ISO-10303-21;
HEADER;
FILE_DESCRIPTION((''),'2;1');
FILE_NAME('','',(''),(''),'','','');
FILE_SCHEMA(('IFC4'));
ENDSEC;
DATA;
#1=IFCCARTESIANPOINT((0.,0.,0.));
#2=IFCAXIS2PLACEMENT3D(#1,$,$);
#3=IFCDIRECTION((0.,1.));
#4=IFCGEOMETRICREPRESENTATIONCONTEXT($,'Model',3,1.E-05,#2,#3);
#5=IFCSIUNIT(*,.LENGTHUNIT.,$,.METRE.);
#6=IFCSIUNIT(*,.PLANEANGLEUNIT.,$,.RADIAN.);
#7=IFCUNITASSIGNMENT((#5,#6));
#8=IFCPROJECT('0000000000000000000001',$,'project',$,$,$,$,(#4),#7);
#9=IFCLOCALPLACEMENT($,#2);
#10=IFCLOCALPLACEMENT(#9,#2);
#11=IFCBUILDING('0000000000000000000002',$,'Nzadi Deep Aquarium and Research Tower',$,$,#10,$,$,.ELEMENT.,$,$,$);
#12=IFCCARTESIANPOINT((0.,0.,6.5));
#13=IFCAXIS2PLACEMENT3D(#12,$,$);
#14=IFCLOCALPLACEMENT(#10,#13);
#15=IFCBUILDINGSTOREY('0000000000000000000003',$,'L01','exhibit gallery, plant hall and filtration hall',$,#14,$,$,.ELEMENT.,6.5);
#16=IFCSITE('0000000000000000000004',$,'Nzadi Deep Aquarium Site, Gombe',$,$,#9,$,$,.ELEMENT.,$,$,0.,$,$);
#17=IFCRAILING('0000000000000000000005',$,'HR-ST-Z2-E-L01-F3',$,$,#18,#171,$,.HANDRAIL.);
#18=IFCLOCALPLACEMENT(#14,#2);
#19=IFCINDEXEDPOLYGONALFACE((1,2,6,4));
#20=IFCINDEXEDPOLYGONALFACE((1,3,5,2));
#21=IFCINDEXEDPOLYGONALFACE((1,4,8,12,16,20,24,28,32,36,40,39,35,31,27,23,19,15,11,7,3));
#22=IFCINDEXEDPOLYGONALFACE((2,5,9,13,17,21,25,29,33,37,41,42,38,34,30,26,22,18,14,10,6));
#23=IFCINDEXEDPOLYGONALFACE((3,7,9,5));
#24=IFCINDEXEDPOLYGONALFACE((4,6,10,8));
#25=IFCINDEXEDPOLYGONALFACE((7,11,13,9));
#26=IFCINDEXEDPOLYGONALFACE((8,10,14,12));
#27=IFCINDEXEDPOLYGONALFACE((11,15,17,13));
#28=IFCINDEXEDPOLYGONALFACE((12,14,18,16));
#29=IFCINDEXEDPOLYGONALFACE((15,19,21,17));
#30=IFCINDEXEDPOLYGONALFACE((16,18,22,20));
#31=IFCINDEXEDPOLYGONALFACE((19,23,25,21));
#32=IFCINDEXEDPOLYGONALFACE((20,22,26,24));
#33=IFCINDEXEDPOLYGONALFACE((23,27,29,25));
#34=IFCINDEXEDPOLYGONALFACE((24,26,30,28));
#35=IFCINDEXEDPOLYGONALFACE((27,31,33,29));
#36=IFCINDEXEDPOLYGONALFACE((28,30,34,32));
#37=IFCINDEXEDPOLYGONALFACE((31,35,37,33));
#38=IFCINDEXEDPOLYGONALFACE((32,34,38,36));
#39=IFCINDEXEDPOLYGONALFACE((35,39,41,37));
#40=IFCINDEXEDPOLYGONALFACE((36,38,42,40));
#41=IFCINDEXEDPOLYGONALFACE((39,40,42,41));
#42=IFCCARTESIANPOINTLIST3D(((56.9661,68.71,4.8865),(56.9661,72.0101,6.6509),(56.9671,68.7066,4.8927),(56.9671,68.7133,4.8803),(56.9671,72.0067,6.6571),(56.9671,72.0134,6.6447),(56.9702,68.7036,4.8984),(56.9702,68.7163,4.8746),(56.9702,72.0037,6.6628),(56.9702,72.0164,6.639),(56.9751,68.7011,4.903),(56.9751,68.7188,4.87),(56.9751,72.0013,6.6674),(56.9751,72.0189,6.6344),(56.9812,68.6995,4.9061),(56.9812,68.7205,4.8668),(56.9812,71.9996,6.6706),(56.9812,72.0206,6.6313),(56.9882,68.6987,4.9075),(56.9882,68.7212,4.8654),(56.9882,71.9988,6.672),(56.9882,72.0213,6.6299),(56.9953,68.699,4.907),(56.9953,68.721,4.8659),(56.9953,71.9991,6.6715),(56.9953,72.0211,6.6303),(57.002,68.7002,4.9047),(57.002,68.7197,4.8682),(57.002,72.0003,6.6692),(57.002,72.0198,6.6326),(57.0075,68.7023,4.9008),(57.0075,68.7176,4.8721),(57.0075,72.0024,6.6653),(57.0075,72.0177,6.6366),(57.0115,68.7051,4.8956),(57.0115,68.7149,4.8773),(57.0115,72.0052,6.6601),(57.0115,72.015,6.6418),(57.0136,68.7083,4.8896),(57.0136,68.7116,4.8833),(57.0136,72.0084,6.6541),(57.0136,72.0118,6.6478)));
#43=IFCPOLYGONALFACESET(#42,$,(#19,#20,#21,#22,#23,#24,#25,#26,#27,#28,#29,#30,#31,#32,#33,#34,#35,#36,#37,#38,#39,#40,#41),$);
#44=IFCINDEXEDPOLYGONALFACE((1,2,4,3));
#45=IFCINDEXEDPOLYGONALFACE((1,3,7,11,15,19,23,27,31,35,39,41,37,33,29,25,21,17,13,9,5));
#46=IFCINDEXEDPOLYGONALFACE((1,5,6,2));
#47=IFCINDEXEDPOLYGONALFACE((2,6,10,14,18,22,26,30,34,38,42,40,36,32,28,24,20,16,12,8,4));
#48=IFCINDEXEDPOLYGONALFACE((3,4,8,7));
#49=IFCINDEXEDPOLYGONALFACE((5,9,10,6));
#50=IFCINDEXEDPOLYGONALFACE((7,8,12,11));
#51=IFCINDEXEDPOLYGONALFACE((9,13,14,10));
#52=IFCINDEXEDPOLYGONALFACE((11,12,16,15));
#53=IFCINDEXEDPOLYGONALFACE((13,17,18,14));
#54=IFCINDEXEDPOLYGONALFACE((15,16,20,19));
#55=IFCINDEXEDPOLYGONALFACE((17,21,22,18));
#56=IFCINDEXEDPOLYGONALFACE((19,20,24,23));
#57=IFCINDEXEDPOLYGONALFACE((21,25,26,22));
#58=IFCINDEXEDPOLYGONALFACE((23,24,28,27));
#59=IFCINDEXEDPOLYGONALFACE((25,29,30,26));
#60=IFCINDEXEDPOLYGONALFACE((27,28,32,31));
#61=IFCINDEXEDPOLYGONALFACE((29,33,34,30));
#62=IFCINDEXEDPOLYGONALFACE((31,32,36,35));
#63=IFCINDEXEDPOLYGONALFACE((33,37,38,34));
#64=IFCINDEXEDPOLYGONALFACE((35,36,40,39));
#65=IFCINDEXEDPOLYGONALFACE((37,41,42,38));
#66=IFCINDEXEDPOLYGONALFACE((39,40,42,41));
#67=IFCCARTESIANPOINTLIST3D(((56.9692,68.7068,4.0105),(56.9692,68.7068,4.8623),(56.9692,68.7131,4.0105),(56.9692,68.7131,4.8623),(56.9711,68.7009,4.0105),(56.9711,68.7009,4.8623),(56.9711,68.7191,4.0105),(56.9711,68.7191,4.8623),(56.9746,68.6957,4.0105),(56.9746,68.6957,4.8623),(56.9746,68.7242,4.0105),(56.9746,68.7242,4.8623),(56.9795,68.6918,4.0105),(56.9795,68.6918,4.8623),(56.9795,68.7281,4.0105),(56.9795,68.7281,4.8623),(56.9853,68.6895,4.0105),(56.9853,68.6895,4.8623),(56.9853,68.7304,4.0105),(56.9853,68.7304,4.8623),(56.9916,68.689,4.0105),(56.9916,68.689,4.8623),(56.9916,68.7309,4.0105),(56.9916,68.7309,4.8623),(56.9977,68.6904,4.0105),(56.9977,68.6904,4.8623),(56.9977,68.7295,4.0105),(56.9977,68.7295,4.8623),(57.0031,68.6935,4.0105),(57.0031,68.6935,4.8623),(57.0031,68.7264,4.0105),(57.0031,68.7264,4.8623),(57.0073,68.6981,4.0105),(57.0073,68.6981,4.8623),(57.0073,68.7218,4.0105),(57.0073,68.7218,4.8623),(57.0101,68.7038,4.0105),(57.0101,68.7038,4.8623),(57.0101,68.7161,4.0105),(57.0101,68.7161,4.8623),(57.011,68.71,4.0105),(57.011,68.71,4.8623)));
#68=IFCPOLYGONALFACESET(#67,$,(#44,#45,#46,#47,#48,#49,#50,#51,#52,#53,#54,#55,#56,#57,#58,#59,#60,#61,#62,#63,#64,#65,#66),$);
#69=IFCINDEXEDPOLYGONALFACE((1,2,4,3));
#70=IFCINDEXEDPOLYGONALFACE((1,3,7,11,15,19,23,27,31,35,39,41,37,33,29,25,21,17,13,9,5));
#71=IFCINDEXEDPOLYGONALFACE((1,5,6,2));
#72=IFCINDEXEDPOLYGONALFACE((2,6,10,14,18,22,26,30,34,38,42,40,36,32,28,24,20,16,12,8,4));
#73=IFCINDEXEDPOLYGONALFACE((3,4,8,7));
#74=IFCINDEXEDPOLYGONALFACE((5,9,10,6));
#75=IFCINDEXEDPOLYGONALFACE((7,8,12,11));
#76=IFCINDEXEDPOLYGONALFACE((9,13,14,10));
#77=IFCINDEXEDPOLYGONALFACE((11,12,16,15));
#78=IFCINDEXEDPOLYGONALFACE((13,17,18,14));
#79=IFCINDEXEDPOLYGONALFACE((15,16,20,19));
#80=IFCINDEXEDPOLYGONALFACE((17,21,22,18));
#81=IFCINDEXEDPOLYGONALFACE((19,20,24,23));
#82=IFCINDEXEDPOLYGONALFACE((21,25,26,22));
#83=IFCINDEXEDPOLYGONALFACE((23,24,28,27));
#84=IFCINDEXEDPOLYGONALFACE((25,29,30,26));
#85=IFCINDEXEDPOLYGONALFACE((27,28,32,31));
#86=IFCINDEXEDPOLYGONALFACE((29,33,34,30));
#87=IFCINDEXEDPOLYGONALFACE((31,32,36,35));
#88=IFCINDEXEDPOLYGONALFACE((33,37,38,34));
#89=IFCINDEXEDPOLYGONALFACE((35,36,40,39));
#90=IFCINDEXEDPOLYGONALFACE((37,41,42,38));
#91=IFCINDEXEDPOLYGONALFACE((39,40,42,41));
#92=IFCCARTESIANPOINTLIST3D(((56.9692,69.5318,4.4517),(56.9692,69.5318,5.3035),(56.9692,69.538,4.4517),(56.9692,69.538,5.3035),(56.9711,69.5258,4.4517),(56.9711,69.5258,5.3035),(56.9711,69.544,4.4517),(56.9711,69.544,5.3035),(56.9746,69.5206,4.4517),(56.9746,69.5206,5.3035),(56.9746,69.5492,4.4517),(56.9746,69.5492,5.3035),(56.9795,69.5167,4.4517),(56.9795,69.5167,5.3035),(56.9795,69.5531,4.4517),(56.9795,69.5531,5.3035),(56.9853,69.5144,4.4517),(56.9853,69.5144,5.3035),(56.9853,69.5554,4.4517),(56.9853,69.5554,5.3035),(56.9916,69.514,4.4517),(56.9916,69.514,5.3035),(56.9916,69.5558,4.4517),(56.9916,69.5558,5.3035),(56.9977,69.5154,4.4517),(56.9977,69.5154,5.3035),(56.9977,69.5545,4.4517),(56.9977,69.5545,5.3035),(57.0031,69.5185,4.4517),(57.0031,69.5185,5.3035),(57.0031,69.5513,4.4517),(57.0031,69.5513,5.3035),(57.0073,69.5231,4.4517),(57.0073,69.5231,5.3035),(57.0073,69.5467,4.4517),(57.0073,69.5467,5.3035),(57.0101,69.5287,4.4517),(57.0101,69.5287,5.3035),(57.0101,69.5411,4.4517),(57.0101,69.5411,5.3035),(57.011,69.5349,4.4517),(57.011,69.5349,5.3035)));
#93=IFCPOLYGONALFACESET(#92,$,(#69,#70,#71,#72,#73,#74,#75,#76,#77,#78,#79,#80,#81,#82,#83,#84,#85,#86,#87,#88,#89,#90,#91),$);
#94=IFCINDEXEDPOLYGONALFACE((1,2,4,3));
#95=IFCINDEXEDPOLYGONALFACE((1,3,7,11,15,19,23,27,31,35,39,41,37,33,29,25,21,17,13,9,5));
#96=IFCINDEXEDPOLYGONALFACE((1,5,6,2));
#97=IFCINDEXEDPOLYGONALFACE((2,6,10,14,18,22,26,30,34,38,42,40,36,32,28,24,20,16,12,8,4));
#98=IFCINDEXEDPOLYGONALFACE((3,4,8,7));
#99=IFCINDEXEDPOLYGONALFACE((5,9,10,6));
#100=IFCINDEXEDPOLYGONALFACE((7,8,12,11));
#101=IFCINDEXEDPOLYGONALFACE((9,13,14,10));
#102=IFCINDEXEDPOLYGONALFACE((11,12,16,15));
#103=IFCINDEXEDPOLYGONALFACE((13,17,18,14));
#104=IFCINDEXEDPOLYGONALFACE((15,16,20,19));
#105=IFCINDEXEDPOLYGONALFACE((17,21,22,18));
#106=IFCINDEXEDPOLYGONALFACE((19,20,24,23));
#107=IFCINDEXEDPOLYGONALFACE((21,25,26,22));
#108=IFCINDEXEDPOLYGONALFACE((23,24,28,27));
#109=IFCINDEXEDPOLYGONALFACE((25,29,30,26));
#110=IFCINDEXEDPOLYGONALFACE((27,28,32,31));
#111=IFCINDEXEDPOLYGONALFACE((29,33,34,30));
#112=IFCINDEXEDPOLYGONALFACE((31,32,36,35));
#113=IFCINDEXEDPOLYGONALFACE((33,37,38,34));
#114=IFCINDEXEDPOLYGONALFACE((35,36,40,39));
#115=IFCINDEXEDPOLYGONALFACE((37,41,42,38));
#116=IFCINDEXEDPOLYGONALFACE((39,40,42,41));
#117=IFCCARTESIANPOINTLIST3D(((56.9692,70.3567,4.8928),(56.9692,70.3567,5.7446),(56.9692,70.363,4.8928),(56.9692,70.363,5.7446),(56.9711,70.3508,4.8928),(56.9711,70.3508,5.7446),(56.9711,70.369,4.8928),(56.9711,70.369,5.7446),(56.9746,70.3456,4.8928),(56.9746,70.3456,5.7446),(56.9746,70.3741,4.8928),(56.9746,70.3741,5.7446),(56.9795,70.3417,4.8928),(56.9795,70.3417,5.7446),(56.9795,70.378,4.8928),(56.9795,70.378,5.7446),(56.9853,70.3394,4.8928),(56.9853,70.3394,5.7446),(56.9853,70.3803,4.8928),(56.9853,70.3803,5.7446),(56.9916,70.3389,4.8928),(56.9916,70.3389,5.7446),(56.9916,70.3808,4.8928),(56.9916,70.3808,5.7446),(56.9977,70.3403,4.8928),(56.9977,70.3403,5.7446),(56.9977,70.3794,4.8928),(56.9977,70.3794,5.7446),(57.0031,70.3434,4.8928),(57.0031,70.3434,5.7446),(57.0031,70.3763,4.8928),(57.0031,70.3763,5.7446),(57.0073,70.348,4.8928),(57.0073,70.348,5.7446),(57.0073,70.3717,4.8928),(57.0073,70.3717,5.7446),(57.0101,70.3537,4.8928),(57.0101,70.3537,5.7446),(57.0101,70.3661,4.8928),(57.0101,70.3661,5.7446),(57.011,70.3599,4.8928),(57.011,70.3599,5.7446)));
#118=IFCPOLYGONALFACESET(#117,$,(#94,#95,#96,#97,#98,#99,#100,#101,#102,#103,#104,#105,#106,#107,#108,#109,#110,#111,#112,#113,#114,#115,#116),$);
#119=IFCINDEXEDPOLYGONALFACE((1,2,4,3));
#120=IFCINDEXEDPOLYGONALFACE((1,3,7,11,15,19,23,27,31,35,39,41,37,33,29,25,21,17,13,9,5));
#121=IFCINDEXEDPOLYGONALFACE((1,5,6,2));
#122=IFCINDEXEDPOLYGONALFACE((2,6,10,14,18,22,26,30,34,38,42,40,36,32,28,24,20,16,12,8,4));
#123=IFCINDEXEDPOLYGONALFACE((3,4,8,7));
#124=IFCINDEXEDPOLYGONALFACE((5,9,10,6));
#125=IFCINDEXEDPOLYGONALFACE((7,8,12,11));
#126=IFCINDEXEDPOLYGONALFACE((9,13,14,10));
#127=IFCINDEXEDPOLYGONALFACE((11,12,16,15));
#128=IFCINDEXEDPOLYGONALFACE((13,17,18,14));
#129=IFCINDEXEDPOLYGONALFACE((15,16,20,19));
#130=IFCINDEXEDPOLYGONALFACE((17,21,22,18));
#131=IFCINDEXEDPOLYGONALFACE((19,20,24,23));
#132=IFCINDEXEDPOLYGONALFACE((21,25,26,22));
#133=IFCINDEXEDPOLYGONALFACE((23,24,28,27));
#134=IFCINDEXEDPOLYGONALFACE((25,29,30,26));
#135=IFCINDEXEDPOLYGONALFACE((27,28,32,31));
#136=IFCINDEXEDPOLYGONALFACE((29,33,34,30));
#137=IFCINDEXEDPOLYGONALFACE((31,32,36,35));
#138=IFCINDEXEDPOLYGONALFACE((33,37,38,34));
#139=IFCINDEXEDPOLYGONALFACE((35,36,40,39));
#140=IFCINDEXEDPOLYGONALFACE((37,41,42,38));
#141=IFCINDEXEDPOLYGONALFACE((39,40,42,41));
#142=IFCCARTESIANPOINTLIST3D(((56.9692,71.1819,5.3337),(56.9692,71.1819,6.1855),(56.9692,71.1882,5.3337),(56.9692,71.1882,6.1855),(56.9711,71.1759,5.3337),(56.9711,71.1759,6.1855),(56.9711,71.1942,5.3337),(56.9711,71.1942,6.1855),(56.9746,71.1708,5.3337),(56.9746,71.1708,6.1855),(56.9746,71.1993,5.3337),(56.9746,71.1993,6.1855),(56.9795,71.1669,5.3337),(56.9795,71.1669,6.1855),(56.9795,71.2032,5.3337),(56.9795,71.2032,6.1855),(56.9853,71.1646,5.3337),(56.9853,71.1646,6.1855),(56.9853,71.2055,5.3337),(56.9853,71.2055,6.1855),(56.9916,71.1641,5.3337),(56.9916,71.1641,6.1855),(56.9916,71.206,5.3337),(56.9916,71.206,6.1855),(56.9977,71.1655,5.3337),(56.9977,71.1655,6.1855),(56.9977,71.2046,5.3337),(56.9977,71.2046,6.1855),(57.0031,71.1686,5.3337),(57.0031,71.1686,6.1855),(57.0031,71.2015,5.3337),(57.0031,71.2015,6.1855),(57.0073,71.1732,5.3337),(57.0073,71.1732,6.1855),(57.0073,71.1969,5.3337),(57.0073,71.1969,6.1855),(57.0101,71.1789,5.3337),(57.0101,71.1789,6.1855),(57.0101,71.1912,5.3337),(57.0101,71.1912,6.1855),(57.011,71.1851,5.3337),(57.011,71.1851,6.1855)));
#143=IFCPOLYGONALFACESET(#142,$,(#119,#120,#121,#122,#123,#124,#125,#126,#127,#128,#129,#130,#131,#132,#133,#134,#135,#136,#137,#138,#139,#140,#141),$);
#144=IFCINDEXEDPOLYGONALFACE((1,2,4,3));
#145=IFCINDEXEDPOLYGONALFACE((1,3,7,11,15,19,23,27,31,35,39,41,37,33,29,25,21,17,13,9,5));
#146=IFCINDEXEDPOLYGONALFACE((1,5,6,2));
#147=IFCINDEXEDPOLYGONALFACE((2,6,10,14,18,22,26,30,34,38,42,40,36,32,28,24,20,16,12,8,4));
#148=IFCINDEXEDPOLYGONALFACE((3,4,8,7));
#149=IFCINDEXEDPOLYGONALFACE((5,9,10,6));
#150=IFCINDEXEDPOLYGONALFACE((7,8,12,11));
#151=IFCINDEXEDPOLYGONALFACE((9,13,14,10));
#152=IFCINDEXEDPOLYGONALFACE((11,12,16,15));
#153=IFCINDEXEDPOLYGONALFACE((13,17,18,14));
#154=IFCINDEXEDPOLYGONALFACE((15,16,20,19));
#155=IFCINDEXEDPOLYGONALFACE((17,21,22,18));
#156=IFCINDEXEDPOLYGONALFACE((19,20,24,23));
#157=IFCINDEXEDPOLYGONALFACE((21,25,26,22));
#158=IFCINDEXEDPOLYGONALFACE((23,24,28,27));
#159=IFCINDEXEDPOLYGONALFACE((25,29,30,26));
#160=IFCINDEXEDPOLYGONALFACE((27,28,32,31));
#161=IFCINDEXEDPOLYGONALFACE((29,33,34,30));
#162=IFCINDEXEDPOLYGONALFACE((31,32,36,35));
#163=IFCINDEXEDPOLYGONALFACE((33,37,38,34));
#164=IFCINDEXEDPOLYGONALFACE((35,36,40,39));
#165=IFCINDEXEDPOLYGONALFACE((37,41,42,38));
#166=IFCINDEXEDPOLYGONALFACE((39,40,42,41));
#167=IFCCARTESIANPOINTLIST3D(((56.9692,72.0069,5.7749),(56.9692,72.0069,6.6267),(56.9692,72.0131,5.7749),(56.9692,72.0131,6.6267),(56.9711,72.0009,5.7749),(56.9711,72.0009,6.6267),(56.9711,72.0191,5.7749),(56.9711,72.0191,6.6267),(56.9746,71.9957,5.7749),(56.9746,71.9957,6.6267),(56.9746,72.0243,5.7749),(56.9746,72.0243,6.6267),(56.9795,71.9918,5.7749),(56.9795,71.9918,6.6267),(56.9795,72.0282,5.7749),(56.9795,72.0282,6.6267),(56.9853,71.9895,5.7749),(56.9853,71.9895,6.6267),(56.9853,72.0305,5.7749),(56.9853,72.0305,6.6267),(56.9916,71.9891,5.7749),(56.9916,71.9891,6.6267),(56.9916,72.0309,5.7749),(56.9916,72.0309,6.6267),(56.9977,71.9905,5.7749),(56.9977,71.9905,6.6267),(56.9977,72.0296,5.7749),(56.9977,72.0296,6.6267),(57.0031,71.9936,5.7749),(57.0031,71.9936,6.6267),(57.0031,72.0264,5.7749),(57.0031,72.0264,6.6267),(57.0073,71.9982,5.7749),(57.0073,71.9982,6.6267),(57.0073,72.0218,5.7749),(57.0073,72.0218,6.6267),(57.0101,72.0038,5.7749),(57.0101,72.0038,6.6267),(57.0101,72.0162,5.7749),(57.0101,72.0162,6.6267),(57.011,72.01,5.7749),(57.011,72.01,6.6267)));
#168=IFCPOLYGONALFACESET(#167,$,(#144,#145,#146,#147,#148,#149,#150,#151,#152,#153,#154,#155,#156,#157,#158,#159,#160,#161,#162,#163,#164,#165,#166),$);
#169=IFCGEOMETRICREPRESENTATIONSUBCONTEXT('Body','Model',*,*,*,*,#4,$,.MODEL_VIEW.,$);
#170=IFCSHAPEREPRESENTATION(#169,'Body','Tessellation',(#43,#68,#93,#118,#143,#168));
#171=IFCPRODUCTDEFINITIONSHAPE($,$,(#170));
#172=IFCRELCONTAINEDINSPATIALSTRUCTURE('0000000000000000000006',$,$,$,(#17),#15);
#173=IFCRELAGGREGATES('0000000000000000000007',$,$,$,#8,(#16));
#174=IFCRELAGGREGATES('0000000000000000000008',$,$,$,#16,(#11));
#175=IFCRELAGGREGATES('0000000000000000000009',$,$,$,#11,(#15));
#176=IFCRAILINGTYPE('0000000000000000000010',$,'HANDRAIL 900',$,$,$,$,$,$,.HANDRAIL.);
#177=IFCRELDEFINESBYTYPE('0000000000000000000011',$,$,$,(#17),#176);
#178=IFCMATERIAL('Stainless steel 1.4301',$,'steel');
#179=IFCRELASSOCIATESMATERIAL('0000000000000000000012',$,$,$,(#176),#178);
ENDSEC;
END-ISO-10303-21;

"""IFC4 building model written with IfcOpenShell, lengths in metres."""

from ifc_helpers import new_model, si_unit, direction, frame, origin, origin_2d, place, context, subcontext, project, spatial, circle, extrude, material, type_object, element, save


model = new_model("IFC4")

# Units and contexts
model_context = context("Model", 3, precision=1e-05, world=origin(), true_north=direction((0.0, 1.0)))
body_context = subcontext(model_context, "Body", "Model", "MODEL_VIEW")
ifc_project = project(units=[si_unit("LENGTHUNIT", "METRE"), si_unit("PLANEANGLEUNIT", "RADIAN")], contexts=[model_context])

# Site, building, storey
site_placement = place(None, origin())
site = spatial("IfcSite", under=ifc_project, at=site_placement, Name="Nzadi Deep Aquarium Site, Gombe", CompositionType="ELEMENT", RefElevation=0.0)
building_placement = place(site_placement, origin())
building = spatial("IfcBuilding", under=site, at=building_placement, Name="Nzadi Deep Aquarium and Research Tower", CompositionType="ELEMENT")
storey_placement = place(building_placement, frame((0.0, 0.0, 6.5)))
storey = spatial("IfcBuildingStorey", under=building, at=storey_placement, Name="L01", Description="exhibit gallery, plant hall and filtration hall", CompositionType="ELEMENT", Elevation=6.5)

# Railing
ifc_material_1 = material(Name="Stainless steel 1.4301", Category="steel")
railing_type = type_object("IfcRailingType", Name="HANDRAIL 900", PredefinedType="HANDRAIL", material=ifc_material_1)
for number, where, name in (
    (1, (56.99, 68.71, 4.0105), "HR-ST-Z2-E-L01-F3"),
):
    element("IfcRailing", number, at=place(storey_placement, frame(where)), inside=storey, type_object=railing_type, Name=name, PredefinedType="HANDRAIL", context=body_context, shape_type="SweptSolid", body=[
        extrude(circle(Radius=0.0239, at=origin_2d()), frame((0.0, 0.0, 0.876), z_axis=(0.0, 0.881867, 0.471499), x_axis=(-1.0, 0.0, 0.0)), (0.0, 0.0, 1.0), 3.7422),
        extrude(circle(Radius=0.021, at=origin_2d()), origin(), (0.0, 0.0, 1.0), 0.8518),
        extrude(circle(Radius=0.021, at=origin_2d()), frame((0.0, 0.825, 0.4412)), (0.0, 0.0, 1.0), 0.8518),
        extrude(circle(Radius=0.021, at=origin_2d()), frame((0.0, 1.6499, 0.8823)), (0.0, 0.0, 1.0), 0.8518),
        extrude(circle(Radius=0.021, at=origin_2d()), frame((0.0, 2.4751, 1.3232)), (0.0, 0.0, 1.0), 0.8518),
        extrude(circle(Radius=0.021, at=origin_2d()), frame((0.0, 3.3, 1.7644)), (0.0, 0.0, 1.0), 0.8518),
    ])

save(model, "model.ifc")
